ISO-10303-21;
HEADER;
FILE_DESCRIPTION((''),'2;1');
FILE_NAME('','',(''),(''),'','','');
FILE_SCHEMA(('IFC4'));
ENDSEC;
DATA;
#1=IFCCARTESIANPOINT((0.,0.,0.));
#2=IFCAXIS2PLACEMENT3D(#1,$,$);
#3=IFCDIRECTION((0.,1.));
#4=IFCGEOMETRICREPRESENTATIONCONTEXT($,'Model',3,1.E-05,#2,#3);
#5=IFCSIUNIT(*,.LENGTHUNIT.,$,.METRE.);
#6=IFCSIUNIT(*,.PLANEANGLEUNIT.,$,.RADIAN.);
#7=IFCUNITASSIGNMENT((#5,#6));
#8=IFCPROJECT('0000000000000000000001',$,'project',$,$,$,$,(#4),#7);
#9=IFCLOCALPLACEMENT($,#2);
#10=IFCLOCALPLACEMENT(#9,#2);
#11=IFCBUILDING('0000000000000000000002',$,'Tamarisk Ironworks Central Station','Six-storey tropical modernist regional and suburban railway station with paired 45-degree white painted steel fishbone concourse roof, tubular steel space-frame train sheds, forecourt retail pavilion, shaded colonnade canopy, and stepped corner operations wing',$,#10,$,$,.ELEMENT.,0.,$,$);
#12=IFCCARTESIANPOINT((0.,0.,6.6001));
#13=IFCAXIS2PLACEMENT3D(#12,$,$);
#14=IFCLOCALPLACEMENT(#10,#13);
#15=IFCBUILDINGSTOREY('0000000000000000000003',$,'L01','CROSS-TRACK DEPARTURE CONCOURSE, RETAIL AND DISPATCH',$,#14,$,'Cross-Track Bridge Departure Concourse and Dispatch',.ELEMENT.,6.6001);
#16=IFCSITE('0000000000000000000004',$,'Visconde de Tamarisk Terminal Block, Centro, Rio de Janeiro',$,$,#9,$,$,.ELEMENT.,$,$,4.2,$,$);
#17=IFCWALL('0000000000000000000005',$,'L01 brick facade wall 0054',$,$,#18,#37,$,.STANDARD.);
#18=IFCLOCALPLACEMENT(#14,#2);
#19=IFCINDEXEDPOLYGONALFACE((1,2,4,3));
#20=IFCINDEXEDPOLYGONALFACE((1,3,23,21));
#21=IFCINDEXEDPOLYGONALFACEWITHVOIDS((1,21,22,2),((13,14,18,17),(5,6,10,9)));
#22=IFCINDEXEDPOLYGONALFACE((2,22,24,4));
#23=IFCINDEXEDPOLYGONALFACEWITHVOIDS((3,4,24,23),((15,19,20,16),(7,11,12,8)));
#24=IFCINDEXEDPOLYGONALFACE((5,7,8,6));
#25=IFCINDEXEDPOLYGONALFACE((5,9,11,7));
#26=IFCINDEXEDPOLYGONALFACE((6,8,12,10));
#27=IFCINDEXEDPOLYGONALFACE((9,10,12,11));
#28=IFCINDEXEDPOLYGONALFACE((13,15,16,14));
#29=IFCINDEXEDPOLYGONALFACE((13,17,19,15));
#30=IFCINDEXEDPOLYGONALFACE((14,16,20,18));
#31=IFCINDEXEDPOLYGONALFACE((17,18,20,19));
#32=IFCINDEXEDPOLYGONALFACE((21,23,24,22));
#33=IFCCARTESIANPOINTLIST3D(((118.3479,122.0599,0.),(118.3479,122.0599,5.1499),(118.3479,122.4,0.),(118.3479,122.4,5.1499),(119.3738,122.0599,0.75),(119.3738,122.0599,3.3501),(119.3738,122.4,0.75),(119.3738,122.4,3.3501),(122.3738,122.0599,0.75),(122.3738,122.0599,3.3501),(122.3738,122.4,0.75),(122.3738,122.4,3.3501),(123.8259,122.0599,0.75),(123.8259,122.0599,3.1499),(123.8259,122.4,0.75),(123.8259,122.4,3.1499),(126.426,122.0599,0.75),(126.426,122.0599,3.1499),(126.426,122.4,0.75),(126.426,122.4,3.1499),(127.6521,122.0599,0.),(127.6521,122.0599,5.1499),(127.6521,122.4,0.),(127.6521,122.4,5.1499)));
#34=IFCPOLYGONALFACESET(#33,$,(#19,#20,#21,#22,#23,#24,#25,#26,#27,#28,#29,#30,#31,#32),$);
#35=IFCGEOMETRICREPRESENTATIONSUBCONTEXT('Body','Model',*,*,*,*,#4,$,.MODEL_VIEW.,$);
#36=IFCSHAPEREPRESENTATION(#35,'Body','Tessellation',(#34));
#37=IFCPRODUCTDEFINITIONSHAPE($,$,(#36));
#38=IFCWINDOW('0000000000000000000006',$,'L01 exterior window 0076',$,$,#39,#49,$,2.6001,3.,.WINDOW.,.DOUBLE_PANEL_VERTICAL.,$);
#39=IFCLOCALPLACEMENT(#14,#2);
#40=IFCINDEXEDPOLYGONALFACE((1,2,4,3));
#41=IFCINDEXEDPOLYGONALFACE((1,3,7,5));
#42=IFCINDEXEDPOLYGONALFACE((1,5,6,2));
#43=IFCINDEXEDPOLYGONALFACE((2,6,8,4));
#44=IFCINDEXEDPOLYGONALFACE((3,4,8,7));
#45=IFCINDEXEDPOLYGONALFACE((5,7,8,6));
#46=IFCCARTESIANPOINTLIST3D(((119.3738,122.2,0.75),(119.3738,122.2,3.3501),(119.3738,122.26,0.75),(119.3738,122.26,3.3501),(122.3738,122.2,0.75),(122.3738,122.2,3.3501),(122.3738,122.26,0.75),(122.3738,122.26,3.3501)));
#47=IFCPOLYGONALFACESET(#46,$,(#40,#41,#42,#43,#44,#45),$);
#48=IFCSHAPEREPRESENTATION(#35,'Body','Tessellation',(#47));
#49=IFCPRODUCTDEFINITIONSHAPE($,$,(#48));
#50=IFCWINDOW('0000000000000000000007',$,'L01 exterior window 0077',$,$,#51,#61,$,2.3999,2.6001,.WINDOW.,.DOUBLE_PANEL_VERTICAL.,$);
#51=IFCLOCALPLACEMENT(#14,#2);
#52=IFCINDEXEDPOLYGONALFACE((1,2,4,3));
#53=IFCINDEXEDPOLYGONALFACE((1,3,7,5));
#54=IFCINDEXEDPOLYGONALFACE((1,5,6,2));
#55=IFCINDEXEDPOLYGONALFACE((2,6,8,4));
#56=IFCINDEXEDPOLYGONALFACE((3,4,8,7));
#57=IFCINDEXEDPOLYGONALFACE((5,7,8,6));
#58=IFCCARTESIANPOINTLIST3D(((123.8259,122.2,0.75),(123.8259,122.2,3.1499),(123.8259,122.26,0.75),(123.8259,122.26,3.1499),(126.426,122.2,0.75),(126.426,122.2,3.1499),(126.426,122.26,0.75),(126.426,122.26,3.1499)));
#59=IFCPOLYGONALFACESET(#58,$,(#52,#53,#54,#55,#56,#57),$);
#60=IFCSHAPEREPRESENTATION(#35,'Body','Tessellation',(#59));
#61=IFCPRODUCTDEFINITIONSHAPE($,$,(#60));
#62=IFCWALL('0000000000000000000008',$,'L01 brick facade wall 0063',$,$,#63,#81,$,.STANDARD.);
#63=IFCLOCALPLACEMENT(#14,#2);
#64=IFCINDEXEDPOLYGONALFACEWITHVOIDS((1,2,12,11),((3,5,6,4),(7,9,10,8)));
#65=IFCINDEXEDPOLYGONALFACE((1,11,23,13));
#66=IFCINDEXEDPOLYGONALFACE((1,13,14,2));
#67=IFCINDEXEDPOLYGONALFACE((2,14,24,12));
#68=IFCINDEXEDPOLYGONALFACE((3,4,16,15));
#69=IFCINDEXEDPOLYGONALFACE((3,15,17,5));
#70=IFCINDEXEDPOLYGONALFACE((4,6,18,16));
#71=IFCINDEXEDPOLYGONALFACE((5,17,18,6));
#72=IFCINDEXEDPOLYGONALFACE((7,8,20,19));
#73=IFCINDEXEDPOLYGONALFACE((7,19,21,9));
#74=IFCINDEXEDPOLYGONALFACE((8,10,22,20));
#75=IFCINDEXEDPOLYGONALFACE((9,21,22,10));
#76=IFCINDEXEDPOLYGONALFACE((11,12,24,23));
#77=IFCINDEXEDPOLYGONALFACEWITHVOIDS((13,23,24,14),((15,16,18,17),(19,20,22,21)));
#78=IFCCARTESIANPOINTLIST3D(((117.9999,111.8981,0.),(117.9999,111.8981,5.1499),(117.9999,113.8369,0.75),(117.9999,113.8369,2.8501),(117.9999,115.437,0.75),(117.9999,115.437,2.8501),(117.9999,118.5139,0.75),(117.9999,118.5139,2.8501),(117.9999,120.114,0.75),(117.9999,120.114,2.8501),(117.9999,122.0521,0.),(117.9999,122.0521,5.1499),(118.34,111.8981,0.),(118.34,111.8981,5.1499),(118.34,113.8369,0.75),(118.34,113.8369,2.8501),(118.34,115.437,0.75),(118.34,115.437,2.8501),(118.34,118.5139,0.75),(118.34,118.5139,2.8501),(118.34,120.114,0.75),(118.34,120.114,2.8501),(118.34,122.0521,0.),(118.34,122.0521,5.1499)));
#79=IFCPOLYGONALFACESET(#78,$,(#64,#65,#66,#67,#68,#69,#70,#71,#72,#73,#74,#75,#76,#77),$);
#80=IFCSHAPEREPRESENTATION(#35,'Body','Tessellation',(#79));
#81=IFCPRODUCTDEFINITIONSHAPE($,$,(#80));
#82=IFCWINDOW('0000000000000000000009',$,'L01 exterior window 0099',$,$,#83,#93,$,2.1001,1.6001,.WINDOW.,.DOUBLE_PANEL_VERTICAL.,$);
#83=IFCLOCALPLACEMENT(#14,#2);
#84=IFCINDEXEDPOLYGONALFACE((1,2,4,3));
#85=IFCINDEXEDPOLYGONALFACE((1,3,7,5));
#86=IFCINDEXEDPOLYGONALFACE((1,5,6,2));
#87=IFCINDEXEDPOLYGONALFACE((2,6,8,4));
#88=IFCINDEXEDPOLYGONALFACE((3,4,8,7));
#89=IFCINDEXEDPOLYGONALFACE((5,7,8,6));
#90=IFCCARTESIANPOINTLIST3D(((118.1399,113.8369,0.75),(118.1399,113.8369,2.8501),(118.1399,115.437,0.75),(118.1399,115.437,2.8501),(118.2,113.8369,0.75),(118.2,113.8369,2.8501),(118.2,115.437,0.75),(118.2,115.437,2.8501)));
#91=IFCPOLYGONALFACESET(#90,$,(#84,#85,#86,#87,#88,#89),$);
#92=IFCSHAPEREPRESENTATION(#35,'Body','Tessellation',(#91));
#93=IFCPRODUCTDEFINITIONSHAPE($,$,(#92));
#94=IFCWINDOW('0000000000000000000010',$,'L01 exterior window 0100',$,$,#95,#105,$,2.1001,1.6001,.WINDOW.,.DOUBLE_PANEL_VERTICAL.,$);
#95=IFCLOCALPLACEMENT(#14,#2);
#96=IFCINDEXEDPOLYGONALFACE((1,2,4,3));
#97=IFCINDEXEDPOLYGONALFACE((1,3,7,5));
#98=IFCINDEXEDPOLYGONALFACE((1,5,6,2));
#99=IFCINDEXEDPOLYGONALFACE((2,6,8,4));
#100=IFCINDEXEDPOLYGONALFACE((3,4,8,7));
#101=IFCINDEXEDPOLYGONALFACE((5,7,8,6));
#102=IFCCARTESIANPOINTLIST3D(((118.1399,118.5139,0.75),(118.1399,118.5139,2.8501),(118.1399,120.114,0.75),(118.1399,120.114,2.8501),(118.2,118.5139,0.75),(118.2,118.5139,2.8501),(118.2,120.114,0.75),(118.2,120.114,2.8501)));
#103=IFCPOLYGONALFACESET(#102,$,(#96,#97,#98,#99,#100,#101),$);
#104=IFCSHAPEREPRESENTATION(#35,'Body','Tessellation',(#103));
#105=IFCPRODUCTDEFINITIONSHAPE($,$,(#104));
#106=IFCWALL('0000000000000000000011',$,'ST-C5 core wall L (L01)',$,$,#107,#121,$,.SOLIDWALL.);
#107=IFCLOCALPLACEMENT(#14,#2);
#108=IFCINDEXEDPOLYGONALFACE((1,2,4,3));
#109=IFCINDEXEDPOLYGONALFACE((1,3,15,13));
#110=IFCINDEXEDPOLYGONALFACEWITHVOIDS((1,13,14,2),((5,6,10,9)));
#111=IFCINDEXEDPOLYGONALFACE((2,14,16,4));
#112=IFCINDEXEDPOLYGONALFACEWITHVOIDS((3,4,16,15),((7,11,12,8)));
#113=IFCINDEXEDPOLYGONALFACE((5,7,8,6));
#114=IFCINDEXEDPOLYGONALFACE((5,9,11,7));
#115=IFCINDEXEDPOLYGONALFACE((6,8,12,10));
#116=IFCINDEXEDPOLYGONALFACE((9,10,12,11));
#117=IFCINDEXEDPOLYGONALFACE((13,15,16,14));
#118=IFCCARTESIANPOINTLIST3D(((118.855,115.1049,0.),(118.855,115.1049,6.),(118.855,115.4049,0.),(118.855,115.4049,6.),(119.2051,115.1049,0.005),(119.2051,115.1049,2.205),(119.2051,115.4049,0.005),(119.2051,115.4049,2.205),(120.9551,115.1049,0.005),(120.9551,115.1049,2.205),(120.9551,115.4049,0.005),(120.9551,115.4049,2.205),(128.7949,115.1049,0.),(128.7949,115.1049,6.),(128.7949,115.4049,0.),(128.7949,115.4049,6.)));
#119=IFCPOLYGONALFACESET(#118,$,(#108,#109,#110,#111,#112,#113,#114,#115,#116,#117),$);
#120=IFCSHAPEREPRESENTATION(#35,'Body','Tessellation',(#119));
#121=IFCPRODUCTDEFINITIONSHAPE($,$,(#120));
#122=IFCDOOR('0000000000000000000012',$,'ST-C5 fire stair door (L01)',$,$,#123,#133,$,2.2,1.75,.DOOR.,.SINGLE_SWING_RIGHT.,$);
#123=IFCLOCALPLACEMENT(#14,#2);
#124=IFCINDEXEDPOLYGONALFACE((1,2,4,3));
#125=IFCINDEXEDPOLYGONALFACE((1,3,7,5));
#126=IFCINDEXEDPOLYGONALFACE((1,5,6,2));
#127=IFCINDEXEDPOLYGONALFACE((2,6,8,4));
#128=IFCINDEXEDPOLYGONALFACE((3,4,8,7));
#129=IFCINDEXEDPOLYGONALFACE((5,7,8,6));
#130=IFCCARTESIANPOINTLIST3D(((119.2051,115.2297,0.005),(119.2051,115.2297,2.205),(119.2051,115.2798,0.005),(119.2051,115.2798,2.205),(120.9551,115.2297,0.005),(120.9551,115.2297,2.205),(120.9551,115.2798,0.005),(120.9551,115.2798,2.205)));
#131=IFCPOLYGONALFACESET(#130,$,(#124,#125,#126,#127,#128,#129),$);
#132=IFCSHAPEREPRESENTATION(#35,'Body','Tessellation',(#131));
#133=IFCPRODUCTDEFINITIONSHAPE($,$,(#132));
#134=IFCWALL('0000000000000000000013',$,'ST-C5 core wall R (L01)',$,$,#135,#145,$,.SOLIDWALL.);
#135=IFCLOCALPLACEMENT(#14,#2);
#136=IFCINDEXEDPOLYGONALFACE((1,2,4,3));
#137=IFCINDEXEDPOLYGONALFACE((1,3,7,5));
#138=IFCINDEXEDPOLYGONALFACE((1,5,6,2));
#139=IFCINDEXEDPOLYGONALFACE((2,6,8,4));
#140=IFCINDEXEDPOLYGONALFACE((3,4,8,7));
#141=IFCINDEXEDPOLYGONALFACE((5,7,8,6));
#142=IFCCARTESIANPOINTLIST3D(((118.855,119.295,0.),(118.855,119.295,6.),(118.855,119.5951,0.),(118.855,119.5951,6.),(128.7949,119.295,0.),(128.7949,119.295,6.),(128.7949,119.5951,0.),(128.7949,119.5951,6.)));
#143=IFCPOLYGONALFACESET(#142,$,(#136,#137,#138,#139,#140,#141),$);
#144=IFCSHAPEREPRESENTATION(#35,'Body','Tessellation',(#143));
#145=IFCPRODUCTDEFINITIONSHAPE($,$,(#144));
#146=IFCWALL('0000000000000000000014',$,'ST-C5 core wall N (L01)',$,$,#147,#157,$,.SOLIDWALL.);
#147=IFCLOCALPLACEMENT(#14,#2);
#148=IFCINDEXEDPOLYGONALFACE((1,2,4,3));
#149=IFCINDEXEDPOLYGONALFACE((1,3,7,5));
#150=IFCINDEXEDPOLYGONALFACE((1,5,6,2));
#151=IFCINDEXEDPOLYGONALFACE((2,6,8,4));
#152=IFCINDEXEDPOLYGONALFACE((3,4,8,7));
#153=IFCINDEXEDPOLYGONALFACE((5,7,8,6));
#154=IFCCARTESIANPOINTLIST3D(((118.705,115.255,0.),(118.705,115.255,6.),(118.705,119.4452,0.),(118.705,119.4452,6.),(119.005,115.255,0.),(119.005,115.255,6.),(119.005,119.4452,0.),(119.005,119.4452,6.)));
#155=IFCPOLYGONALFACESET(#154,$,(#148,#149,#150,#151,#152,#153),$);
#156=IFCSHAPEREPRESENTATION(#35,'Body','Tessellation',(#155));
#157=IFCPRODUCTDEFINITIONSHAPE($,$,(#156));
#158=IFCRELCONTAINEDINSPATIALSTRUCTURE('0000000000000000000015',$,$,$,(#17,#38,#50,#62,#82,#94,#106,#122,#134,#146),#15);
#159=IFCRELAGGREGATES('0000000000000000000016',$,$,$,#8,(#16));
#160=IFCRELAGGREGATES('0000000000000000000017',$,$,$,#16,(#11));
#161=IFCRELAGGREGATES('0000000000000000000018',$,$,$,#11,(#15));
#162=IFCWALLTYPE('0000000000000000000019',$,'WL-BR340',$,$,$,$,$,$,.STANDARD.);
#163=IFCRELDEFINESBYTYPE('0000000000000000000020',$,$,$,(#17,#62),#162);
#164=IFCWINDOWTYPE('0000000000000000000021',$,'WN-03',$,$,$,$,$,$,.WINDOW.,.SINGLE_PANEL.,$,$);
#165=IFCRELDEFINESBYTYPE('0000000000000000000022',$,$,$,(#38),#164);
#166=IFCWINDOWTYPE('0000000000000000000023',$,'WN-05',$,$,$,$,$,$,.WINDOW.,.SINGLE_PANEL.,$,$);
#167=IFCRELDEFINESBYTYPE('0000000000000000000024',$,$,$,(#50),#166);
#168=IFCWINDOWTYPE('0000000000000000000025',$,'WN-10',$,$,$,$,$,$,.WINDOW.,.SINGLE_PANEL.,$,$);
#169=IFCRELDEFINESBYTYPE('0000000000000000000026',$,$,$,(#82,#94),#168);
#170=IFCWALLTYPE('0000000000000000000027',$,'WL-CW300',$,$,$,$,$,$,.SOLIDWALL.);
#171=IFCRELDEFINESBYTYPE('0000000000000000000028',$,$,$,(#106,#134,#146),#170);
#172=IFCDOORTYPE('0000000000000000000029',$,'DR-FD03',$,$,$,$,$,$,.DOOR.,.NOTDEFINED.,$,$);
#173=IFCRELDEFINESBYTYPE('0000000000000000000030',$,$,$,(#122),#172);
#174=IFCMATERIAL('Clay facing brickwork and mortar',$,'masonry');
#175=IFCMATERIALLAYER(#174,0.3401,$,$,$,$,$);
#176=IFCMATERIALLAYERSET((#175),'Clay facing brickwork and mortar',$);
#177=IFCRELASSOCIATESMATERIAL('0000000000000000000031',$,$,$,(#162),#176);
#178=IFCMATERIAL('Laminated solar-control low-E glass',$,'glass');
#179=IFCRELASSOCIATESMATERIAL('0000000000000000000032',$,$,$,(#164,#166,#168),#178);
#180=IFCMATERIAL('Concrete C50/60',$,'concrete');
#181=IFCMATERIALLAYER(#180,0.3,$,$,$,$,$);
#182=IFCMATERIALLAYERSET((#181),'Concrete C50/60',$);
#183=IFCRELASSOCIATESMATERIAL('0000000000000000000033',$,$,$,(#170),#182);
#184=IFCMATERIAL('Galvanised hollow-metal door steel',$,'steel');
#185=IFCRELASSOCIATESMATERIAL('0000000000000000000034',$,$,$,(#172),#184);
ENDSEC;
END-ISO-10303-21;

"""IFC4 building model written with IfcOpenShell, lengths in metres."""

from ifc_helpers import new_model, si_unit, direction, frame, frame_2d, origin, place, context, subcontext, project, spatial, rectangle, extrude, material, layer, layer_set, type_object, element, fill, save


model = new_model("IFC4")

# Units and contexts
model_context = context("Model", 3, precision=1e-05, world=origin(), true_north=direction((0.0, 1.0)))
body_context = subcontext(model_context, "Body", "Model", "MODEL_VIEW")
ifc_project = project(units=[si_unit("LENGTHUNIT", "METRE"), si_unit("PLANEANGLEUNIT", "RADIAN")], contexts=[model_context])

# Site, building, storey
site_placement = place(None, origin())
site = spatial("IfcSite", under=ifc_project, at=site_placement, Name="Visconde de Tamarisk Terminal Block, Centro, Rio de Janeiro", CompositionType="ELEMENT", RefElevation=4.2)
building_placement = place(site_placement, origin())
building = spatial("IfcBuilding", under=site, at=building_placement, Name="Tamarisk Ironworks Central Station", Description="Six-storey tropical modernist regional and suburban railway station with paired 45-degree white painted steel fishbone concourse roof, tubular steel space-frame train sheds, forecourt retail pavilion, shaded colonnade canopy, and stepped corner operations wing", CompositionType="ELEMENT", ElevationOfRefHeight=0.0)
storey_placement = place(building_placement, frame((0.0, 0.0, 6.6001)))
storey = spatial("IfcBuildingStorey", under=building, at=storey_placement, Name="L01", Description="CROSS-TRACK DEPARTURE CONCOURSE, RETAIL AND DISPATCH", LongName="Cross-Track Bridge Departure Concourse and Dispatch", CompositionType="ELEMENT", Elevation=6.6001)

# Shared definitions
ifc_material_1 = material(Name="Concrete C50/60", Category="concrete")

# Walls, openings, windows
ifc_material_2 = material(Name="Clay facing brickwork and mortar", Category="masonry")
ifc_layer_1 = layer(ifc_material_2, 0.3401)
ifc_layer_set_1 = layer_set([ifc_layer_1], Name="Clay facing brickwork and mortar")
wall_type_1 = type_object("IfcWallType", Name="WL-BR340", PredefinedType="STANDARD", material=ifc_layer_set_1)
wall_1_placement = place(storey_placement, frame((118.3479, 122.23, 0.0), z_axis=(0.0, 0.0, 1.0), x_axis=(1.0, 0.0, 0.0)))
wall_1 = element("IfcWall", 1, at=wall_1_placement, inside=storey, type_object=wall_type_1, Name="L01 brick facade wall 0054", PredefinedType="STANDARD", context=body_context, shape_type="SweptSolid", body=[
    extrude(rectangle(XDim=9.3042, YDim=0.3401, at=frame_2d((4.6521, 0.0))), origin(), (0.0, 0.0, 1.0), 5.1499),
])
opening_1_placement = place(wall_1_placement, frame((1.0259, 0.0, 0.75)))
opening_1 = element("IfcOpeningElement", 2, at=opening_1_placement, cuts=wall_1, PredefinedType="OPENING", context=body_context, shape_type="SweptSolid", body=[
    extrude(rectangle(XDim=3.0, YDim=2.6001, at=frame_2d((1.5, 1.3))), frame((0.0, 0.1821, 0.0), z_axis=(0.0, -1.0, 0.0), x_axis=(1.0, 0.0, 0.0)), (0.0, 0.0, 1.0), 0.364),
])
opening_2_placement = place(wall_1_placement, frame((5.478, 0.0, 0.75)))
opening_2 = element("IfcOpeningElement", 3, at=opening_2_placement, cuts=wall_1, PredefinedType="OPENING", context=body_context, shape_type="SweptSolid", body=[
    extrude(rectangle(XDim=2.6001, YDim=2.3999, at=frame_2d((1.3, 1.2))), frame((0.0, 0.1821, 0.0), z_axis=(0.0, -1.0, 0.0), x_axis=(1.0, 0.0, 0.0)), (0.0, 0.0, 1.0), 0.364),
])
ifc_material_3 = material(Name="Laminated solar-control low-E glass", Category="glass")
window_type_1 = type_object("IfcWindowType", Name="WN-03", PartitioningType="SINGLE_PANEL", PredefinedType="WINDOW", material=ifc_material_3)
window_1_placement = place(opening_1_placement, origin())
window_1 = element("IfcWindow", 4, at=window_1_placement, inside=storey, type_object=window_type_1, Name="L01 exterior window 0076", OverallHeight=2.6001, OverallWidth=3.0, PartitioningType="DOUBLE_PANEL_VERTICAL", PredefinedType="WINDOW", context=body_context, shape_type="SweptSolid", body=[
    extrude(rectangle(XDim=3.0, YDim=2.6001, at=frame_2d((1.5, 1.3))), frame((0.0, 0.03, 0.0), z_axis=(0.0, -1.0, 0.0), x_axis=(1.0, 0.0, 0.0)), (0.0, 0.0, 1.0), 0.0601),
])
fill(opening_1, window_1)
window_type_2 = type_object("IfcWindowType", Name="WN-05", PartitioningType="SINGLE_PANEL", PredefinedType="WINDOW", material=ifc_material_3)
window_2_placement = place(opening_2_placement, origin())
window_2 = element("IfcWindow", 5, at=window_2_placement, inside=storey, type_object=window_type_2, Name="L01 exterior window 0077", OverallHeight=2.3999, OverallWidth=2.6001, PartitioningType="DOUBLE_PANEL_VERTICAL", PredefinedType="WINDOW", context=body_context, shape_type="SweptSolid", body=[
    extrude(rectangle(XDim=2.6001, YDim=2.3999, at=frame_2d((1.3, 1.2))), frame((0.0, 0.03, 0.0), z_axis=(0.0, -1.0, 0.0), x_axis=(1.0, 0.0, 0.0)), (0.0, 0.0, 1.0), 0.0601),
])
fill(opening_2, window_2)
wall_2_placement = place(storey_placement, frame((118.1699, 111.8979, 0.0), z_axis=(0.0, 0.0, 1.0), x_axis=(0.0, 1.0, 0.0)))
wall_2 = element("IfcWall", 6, at=wall_2_placement, inside=storey, type_object=wall_type_1, Name="L01 brick facade wall 0063", PredefinedType="STANDARD", context=body_context, shape_type="SweptSolid", body=[
    extrude(rectangle(XDim=10.1541, YDim=0.3401, at=frame_2d((5.0771, 0.0))), origin(), (0.0, 0.0, 1.0), 5.1499),
])
opening_3_placement = place(wall_2_placement, frame((1.939, 0.0, 0.75)))
opening_3 = element("IfcOpeningElement", 7, at=opening_3_placement, cuts=wall_2, PredefinedType="OPENING", context=body_context, shape_type="SweptSolid", body=[
    extrude(rectangle(XDim=1.6001, YDim=2.1001, at=frame_2d((0.8, 1.05))), frame((0.0, 0.1821, 0.0), z_axis=(0.0, -1.0, 0.0), x_axis=(1.0, 0.0, 0.0)), (0.0, 0.0, 1.0), 0.364),
])
opening_4_placement = place(wall_2_placement, frame((6.616, 0.0, 0.75)))
opening_4 = element("IfcOpeningElement", 8, at=opening_4_placement, cuts=wall_2, PredefinedType="OPENING", context=body_context, shape_type="SweptSolid", body=[
    extrude(rectangle(XDim=1.6001, YDim=2.1001, at=frame_2d((0.8, 1.05))), frame((0.0, 0.1821, 0.0), z_axis=(0.0, -1.0, 0.0), x_axis=(1.0, 0.0, 0.0)), (0.0, 0.0, 1.0), 0.364),
])
window_type_3 = type_object("IfcWindowType", Name="WN-10", PartitioningType="SINGLE_PANEL", PredefinedType="WINDOW", material=ifc_material_3)
window_3_placement = place(opening_3_placement, origin())
window_3 = element("IfcWindow", 9, at=window_3_placement, inside=storey, type_object=window_type_3, Name="L01 exterior window 0099", OverallHeight=2.1001, OverallWidth=1.6001, PartitioningType="DOUBLE_PANEL_VERTICAL", PredefinedType="WINDOW", context=body_context, shape_type="SweptSolid", body=[
    extrude(rectangle(XDim=1.6001, YDim=2.1001, at=frame_2d((0.8, 1.05))), frame((0.0, 0.03, 0.0), z_axis=(0.0, -1.0, 0.0), x_axis=(1.0, 0.0, 0.0)), (0.0, 0.0, 1.0), 0.0601),
])
fill(opening_3, window_3)
window_4_placement = place(opening_4_placement, origin())
window_4 = element("IfcWindow", 10, at=window_4_placement, inside=storey, type_object=window_type_3, Name="L01 exterior window 0100", OverallHeight=2.1001, OverallWidth=1.6001, PartitioningType="DOUBLE_PANEL_VERTICAL", PredefinedType="WINDOW", context=body_context, shape_type="SweptSolid", body=[
    extrude(rectangle(XDim=1.6001, YDim=2.1001, at=frame_2d((0.8, 1.05))), frame((0.0, 0.03, 0.0), z_axis=(0.0, -1.0, 0.0), x_axis=(1.0, 0.0, 0.0)), (0.0, 0.0, 1.0), 0.0601),
])
fill(opening_4, window_4)

# Wall, opening, door
ifc_layer_2 = layer(ifc_material_1, 0.3)
ifc_layer_set_2 = layer_set([ifc_layer_2], Name="Concrete C50/60")
wall_type_2 = type_object("IfcWallType", Name="WL-CW300", PredefinedType="SOLIDWALL", material=ifc_layer_set_2)
wall_3_placement = place(storey_placement, frame((118.855, 115.2549, 0.0), z_axis=(0.0, 0.0, 1.0), x_axis=(1.0, 0.0, 0.0)))
wall_3 = element("IfcWall", 11, at=wall_3_placement, inside=storey, type_object=wall_type_2, Name="ST-C5 core wall L (L01)", PredefinedType="SOLIDWALL", context=body_context, shape_type="SweptSolid", body=[
    extrude(rectangle(XDim=9.9399, YDim=0.3, at=frame_2d((4.97, 0.0))), origin(), (0.0, 0.0, 1.0), 6.0),
])
opening_5_placement = place(wall_3_placement, frame((0.3501, 0.0, 0.0049)))
opening_5 = element("IfcOpeningElement", 12, at=opening_5_placement, cuts=wall_3, PredefinedType="OPENING", context=body_context, shape_type="SweptSolid", body=[
    extrude(rectangle(XDim=1.75, YDim=2.2, at=frame_2d((0.875, 1.1001))), frame((0.0, 0.1621, 0.0), z_axis=(0.0, -1.0, 0.0), x_axis=(1.0, 0.0, 0.0)), (0.0, 0.0, 1.0), 0.324),
])
ifc_material_4 = material(Name="Galvanised hollow-metal door steel", Category="steel")
door_type_1 = type_object("IfcDoorType", Name="DR-FD03", OperationType="NOTDEFINED", PredefinedType="DOOR", material=ifc_material_4)
door_1_placement = place(opening_5_placement, origin())
door_1 = element("IfcDoor", 13, at=door_1_placement, inside=storey, type_object=door_type_1, Name="ST-C5 fire stair door (L01)", OperationType="SINGLE_SWING_RIGHT", OverallHeight=2.2, OverallWidth=1.75, PredefinedType="DOOR", context=body_context, shape_type="SweptSolid", body=[
    extrude(rectangle(XDim=1.75, YDim=2.2, at=frame_2d((0.875, 1.1001))), frame((0.0, 0.0249, 0.0), z_axis=(0.0, -1.0, 0.0), x_axis=(1.0, 0.0, 0.0)), (0.0, 0.0, 1.0), 0.05),
])
fill(opening_5, door_1)

# Walls
wall_4_placement = place(storey_placement, frame((118.855, 119.4451, 0.0), z_axis=(0.0, 0.0, 1.0), x_axis=(1.0, 0.0, 0.0)))
element("IfcWall", 14, at=wall_4_placement, inside=storey, type_object=wall_type_2, Name="ST-C5 core wall R (L01)", PredefinedType="SOLIDWALL", context=body_context, shape_type="SweptSolid", body=[
    extrude(rectangle(XDim=9.9399, YDim=0.3, at=frame_2d((4.97, 0.0))), origin(), (0.0, 0.0, 1.0), 6.0),
])
wall_5_placement = place(storey_placement, frame((118.855, 115.2549, 0.0), z_axis=(0.0, 0.0, 1.0), x_axis=(0.0, 1.0, 0.0)))
element("IfcWall", 15, at=wall_5_placement, inside=storey, type_object=wall_type_2, Name="ST-C5 core wall N (L01)", PredefinedType="SOLIDWALL", context=body_context, shape_type="SweptSolid", body=[
    extrude(rectangle(XDim=4.1902, YDim=0.3, at=frame_2d((2.0952, 0.0))), origin(), (0.0, 0.0, 1.0), 6.0),
])

save(model, "model.ifc")
